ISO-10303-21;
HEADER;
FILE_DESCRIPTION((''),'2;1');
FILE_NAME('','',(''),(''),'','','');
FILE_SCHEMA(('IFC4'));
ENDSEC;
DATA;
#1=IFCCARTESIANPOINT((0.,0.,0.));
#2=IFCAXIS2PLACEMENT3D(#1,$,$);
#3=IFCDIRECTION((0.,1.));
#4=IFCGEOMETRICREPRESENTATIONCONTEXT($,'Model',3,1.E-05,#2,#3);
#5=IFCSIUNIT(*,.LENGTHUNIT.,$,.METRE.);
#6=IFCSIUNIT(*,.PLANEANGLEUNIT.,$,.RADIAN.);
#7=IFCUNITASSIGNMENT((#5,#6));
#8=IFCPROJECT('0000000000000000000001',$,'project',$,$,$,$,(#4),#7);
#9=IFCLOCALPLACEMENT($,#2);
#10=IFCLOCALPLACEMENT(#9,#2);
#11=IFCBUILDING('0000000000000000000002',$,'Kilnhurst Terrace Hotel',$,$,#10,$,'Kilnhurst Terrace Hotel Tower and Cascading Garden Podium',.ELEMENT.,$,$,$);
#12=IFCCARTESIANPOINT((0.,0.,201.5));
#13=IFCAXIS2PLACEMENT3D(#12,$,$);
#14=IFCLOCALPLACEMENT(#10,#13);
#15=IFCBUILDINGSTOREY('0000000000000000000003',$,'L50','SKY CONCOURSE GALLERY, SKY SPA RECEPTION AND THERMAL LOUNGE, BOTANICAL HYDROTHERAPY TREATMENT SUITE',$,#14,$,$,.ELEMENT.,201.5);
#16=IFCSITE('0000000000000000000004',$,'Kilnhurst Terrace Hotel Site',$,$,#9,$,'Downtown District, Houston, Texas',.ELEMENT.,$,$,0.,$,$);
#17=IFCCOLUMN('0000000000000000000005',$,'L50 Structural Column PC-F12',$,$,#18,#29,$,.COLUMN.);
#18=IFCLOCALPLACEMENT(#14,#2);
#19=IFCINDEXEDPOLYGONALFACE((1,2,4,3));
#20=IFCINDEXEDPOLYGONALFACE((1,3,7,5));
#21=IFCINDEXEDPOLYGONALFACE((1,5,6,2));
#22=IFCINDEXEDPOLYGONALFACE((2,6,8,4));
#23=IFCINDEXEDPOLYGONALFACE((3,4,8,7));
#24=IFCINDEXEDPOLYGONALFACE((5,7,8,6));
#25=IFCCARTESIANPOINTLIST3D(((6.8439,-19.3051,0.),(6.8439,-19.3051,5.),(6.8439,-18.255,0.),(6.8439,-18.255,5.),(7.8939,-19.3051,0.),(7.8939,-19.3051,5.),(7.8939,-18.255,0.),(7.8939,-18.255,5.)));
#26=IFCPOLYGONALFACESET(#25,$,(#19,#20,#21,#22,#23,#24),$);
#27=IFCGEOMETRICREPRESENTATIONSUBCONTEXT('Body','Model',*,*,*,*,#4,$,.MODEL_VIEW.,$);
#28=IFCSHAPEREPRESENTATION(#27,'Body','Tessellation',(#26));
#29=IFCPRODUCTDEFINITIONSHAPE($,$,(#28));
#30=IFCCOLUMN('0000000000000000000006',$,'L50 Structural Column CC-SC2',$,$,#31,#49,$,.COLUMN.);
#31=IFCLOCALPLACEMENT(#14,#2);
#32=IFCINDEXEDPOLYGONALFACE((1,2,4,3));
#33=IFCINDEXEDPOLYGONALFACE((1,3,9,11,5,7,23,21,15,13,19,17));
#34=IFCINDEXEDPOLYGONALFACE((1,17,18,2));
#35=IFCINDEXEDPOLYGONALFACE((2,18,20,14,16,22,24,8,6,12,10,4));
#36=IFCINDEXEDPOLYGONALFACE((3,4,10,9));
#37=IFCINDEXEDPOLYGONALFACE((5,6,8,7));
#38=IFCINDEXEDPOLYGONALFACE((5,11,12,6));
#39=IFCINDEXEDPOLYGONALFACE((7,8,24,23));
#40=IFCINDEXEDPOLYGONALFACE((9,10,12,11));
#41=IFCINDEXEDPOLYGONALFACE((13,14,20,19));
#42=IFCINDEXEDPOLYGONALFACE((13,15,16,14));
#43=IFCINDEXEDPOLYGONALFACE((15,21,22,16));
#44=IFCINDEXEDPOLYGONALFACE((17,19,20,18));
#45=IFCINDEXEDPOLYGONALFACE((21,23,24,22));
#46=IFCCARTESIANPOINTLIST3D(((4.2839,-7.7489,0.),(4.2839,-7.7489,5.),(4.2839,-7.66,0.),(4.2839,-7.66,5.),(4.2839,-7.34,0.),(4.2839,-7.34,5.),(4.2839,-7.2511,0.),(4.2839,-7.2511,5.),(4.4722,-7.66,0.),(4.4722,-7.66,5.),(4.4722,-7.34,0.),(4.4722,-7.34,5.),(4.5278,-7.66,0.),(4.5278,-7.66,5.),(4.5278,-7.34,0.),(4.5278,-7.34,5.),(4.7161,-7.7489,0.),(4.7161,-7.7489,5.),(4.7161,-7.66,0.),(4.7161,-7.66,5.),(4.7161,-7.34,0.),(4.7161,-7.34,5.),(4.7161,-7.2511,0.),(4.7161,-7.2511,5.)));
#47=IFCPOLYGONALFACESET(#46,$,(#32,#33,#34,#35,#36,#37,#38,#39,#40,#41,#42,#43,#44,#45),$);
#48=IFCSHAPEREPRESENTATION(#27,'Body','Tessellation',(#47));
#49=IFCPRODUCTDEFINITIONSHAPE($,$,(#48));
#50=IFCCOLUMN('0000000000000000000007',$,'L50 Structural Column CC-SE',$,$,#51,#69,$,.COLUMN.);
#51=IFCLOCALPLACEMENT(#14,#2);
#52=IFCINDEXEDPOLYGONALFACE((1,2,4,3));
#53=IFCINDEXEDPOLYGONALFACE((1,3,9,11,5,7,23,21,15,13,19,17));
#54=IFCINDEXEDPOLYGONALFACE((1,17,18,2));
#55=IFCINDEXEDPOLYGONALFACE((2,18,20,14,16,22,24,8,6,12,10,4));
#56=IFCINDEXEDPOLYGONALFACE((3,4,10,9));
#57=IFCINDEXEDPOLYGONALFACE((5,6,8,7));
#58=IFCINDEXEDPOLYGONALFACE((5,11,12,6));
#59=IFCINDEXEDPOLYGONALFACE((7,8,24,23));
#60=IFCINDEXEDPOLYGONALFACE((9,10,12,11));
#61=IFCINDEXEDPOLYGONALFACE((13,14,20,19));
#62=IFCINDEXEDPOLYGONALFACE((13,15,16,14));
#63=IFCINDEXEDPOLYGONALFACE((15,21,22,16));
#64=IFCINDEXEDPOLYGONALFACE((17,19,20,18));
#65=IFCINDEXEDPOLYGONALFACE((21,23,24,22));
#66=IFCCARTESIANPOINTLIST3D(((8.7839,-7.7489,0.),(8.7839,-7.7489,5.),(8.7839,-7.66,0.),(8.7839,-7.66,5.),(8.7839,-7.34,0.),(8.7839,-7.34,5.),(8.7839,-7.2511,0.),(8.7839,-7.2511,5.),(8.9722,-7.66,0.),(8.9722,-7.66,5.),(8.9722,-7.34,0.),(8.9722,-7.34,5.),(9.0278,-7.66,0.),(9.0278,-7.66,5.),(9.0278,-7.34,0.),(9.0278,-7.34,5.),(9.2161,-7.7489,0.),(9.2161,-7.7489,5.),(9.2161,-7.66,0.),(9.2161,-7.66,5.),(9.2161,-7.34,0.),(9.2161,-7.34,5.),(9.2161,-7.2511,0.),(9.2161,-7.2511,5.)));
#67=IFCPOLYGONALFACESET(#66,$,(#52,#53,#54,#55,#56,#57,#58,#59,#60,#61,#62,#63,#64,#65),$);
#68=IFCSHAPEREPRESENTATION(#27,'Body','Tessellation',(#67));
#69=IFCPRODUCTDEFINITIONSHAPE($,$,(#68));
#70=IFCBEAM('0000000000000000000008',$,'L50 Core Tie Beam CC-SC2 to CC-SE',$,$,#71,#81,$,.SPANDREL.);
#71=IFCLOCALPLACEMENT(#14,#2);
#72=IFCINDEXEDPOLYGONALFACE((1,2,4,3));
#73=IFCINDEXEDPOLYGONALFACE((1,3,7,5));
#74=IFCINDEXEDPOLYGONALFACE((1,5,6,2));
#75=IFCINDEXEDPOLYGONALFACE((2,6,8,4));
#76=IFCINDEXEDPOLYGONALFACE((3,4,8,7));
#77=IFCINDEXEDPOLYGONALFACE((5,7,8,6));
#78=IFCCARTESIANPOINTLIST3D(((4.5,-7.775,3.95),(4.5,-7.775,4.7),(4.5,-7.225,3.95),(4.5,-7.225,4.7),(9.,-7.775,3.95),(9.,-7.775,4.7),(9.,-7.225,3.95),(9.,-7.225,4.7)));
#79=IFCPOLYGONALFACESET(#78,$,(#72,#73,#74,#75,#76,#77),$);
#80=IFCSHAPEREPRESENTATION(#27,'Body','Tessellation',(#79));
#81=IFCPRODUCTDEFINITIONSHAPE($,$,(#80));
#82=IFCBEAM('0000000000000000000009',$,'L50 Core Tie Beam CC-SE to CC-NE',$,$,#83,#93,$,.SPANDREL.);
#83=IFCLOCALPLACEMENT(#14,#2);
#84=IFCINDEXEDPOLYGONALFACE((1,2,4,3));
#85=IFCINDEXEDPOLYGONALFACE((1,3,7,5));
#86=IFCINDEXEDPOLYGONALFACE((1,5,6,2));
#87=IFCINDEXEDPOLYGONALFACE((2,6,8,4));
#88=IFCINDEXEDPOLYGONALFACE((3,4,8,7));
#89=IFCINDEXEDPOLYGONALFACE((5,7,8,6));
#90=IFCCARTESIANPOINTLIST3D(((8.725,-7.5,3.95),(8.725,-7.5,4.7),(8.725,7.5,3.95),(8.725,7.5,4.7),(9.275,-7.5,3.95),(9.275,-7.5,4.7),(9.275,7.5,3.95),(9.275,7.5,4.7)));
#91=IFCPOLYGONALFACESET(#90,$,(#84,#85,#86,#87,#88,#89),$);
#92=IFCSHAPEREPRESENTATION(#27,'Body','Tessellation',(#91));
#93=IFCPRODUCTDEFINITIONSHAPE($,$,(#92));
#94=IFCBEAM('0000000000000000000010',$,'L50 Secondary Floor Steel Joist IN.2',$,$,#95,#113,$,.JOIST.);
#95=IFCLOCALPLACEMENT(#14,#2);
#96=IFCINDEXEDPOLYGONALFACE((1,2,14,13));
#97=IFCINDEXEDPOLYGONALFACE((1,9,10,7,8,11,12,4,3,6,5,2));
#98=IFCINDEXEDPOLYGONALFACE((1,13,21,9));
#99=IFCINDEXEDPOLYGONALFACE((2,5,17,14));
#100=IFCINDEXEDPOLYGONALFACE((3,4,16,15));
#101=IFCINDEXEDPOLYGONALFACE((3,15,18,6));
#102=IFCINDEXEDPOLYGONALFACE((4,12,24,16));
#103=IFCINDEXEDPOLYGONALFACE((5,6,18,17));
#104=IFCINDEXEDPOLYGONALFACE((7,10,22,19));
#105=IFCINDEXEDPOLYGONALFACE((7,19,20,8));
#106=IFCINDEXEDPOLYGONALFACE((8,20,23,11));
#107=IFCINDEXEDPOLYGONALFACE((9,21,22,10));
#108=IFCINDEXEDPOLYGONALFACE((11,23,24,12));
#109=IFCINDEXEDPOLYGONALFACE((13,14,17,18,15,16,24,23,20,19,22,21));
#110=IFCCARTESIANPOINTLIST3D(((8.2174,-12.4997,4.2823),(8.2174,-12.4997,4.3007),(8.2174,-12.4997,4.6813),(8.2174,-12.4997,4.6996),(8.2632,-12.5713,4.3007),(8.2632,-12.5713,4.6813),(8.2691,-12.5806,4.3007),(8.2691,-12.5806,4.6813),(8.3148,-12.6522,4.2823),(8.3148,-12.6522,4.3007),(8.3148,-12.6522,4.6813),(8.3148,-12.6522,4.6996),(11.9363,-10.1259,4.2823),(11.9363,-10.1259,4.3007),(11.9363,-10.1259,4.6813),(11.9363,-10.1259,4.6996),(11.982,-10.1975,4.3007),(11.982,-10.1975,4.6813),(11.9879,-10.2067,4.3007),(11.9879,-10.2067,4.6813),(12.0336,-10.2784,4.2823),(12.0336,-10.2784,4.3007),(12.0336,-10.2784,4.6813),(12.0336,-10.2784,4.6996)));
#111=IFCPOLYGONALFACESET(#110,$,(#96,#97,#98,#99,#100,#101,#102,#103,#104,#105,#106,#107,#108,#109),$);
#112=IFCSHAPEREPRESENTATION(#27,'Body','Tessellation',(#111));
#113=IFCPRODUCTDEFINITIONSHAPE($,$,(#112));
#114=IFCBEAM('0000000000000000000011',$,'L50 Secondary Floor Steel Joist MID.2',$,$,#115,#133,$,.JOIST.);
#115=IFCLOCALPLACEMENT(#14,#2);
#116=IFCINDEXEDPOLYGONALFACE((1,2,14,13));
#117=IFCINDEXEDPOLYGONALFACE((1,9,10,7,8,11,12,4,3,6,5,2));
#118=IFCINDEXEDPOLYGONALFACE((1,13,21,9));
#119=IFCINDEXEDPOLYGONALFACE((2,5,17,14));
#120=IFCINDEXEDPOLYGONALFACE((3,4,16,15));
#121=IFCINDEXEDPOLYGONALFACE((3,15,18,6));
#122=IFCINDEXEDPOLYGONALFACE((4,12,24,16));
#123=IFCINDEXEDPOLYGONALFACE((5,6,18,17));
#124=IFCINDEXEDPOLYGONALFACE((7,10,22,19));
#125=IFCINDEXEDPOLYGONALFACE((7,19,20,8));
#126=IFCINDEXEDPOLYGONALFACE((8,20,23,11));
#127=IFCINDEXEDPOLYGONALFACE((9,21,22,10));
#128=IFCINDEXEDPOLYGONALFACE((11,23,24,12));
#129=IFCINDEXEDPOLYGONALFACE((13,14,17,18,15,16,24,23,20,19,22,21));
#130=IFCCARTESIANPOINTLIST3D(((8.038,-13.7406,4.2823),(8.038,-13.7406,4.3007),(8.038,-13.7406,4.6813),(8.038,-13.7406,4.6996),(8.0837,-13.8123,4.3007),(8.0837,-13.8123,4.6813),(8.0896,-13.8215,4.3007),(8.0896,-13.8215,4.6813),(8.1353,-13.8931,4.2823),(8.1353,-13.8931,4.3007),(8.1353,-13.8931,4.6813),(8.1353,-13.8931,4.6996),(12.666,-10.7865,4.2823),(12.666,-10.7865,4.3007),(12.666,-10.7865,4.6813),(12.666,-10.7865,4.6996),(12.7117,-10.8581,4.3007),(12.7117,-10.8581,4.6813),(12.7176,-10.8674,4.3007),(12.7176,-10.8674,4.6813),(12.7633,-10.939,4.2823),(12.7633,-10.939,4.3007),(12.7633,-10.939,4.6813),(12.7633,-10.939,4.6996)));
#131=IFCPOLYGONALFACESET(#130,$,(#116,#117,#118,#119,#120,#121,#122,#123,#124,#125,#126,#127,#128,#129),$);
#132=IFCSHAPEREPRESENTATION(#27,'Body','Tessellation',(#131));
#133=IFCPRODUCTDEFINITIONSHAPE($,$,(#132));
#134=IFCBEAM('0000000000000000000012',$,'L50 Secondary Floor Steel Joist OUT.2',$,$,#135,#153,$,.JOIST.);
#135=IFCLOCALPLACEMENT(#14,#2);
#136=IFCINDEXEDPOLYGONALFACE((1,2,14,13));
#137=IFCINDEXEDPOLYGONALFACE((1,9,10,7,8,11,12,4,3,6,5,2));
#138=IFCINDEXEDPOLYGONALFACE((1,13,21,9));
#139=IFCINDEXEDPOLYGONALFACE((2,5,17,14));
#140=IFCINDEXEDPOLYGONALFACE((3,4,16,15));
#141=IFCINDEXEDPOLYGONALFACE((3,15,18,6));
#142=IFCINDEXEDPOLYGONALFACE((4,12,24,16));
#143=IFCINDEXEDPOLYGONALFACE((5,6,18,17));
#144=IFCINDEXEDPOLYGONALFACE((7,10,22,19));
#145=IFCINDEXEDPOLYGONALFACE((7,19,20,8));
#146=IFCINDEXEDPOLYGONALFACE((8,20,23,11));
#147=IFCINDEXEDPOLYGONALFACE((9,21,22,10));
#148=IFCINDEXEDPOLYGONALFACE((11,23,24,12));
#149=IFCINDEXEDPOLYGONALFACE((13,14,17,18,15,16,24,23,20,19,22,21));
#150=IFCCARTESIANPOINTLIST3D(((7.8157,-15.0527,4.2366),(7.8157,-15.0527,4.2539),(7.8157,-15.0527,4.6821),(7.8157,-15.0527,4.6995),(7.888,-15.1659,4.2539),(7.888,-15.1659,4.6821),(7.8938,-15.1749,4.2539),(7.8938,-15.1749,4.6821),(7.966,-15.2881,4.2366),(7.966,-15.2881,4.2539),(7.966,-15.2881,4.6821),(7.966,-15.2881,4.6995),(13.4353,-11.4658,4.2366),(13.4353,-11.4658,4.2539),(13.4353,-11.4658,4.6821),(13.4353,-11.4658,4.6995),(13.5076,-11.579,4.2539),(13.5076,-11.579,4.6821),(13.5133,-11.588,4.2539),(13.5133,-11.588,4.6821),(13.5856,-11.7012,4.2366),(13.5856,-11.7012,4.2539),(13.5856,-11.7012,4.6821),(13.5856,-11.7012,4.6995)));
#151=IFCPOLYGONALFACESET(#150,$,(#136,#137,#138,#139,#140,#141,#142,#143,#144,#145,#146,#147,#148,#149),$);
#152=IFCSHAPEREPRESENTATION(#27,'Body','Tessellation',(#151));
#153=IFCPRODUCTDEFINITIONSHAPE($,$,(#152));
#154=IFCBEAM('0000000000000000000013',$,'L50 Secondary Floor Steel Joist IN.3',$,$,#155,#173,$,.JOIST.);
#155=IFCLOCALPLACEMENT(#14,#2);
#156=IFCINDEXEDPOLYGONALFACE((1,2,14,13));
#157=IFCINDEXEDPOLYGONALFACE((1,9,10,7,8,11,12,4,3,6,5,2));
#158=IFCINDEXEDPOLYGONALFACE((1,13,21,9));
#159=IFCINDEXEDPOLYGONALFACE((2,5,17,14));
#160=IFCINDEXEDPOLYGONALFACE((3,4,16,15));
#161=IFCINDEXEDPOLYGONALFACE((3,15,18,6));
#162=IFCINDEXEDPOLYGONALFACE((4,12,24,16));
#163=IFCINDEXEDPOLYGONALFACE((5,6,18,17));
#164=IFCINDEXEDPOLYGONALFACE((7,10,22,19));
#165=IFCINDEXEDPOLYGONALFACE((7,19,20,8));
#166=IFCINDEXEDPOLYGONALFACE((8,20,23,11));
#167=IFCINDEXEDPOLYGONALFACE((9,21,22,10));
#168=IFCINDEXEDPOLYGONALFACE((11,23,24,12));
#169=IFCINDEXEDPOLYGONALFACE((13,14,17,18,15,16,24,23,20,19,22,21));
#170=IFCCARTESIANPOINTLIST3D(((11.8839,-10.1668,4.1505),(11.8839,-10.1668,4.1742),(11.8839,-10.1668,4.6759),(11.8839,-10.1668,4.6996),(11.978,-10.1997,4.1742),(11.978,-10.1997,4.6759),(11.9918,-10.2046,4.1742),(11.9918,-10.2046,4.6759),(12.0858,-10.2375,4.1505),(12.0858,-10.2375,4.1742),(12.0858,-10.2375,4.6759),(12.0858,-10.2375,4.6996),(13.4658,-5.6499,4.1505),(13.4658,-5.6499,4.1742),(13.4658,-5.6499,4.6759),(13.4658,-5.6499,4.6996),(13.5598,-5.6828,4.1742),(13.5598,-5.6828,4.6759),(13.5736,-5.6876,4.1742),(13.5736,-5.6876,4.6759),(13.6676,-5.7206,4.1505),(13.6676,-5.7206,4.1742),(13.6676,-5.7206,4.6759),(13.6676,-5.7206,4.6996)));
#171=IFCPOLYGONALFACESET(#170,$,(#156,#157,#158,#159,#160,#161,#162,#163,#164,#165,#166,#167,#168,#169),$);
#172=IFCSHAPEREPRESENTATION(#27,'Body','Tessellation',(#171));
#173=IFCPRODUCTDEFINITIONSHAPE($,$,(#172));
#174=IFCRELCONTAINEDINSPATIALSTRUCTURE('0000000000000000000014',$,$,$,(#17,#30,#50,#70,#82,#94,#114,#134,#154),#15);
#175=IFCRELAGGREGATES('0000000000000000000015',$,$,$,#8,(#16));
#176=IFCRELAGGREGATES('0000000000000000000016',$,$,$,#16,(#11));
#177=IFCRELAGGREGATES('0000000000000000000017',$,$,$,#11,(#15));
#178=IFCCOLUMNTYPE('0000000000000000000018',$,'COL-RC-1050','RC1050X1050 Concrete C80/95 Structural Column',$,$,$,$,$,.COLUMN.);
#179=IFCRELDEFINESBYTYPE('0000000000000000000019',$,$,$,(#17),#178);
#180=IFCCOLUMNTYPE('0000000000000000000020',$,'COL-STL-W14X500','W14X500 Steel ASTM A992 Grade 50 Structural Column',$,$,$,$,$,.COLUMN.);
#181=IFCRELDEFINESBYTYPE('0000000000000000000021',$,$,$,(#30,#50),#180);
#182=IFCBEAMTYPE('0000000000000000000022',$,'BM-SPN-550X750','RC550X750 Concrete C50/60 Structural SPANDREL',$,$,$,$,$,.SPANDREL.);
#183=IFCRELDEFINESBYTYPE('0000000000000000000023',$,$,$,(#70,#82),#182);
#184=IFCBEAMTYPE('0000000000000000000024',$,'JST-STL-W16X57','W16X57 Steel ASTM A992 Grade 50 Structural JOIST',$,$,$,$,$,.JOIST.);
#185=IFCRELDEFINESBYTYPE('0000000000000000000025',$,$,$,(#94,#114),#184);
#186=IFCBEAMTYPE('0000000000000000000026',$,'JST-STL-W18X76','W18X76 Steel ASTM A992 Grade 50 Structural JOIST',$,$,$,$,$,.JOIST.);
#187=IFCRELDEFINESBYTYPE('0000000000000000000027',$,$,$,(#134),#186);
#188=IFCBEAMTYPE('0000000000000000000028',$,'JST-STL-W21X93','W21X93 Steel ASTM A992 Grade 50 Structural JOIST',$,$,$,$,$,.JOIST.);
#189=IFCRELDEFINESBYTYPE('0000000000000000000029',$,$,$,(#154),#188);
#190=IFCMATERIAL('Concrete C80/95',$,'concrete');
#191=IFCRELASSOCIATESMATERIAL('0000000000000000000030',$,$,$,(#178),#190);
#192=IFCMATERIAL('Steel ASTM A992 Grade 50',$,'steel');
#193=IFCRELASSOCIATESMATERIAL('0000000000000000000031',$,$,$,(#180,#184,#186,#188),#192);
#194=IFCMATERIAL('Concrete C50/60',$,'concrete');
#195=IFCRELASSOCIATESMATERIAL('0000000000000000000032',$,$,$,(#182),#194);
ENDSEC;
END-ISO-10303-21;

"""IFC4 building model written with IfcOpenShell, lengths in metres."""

from ifc_helpers import new_model, si_unit, direction, frame, origin, origin_2d, place, context, subcontext, project, spatial, rectangle, i_section, extrude, material, material_profile, profile_set, type_object, element, save


model = new_model("IFC4")

# Units and contexts
model_context = context("Model", 3, precision=1e-05, world=origin(), true_north=direction((0.0, 1.0)))
body_context = subcontext(model_context, "Body", "Model", "MODEL_VIEW")
ifc_project = project(units=[si_unit("LENGTHUNIT", "METRE"), si_unit("PLANEANGLEUNIT", "RADIAN")], contexts=[model_context])

# Site, building, storey
site_placement = place(None, origin())
site = spatial("IfcSite", under=ifc_project, at=site_placement, Name="Kilnhurst Terrace Hotel Site", LongName="Downtown District, Houston, Texas", CompositionType="ELEMENT", RefElevation=0.0)
building_placement = place(site_placement, origin())
building = spatial("IfcBuilding", under=site, at=building_placement, Name="Kilnhurst Terrace Hotel", LongName="Kilnhurst Terrace Hotel Tower and Cascading Garden Podium", CompositionType="ELEMENT")
storey_placement = place(building_placement, frame((0.0, 0.0, 201.5)))
storey = spatial("IfcBuildingStorey", under=building, at=storey_placement, Name="L50", Description="SKY CONCOURSE GALLERY, SKY SPA RECEPTION AND THERMAL LOUNGE, BOTANICAL HYDROTHERAPY TREATMENT SUITE", CompositionType="ELEMENT", Elevation=201.5)

# Columns
ifc_material_1 = material(Name="Concrete C80/95", Category="concrete")
ifc_material_profile_1 = material_profile(ifc_material_1, rectangle(XDim=1.05, YDim=1.05, at=origin_2d()), Name="RC1050X1050")
ifc_profile_set_1 = profile_set([ifc_material_profile_1], Name="Concrete C80/95")
column_type_1 = type_object("IfcColumnType", Name="COL-RC-1050", Description="RC1050X1050 Concrete C80/95 Structural Column", PredefinedType="COLUMN", material=ifc_profile_set_1)
column_placement = place(storey_placement, frame((7.3689, -18.78, 0.0), z_axis=(0.0, 0.0, 1.0), x_axis=(1.0, 0.0, 0.0)))
element("IfcColumn", 1, at=column_placement, inside=storey, type_object=column_type_1, Name="L50 Structural Column PC-F12", PredefinedType="COLUMN", context=body_context, shape_type="SweptSolid", body=[
    extrude(rectangle(XDim=1.05, YDim=1.05, at=origin_2d()), origin(), (0.0, 0.0, 1.0), 5.0),
])
ifc_material_2 = material(Name="Steel ASTM A992 Grade 50", Category="steel")
ifc_material_profile_2 = material_profile(ifc_material_2, i_section(OverallWidth=0.4321, OverallDepth=0.4978, WebThickness=0.0557, FlangeThickness=0.0889, at=origin_2d()), Name="W14X500")
ifc_profile_set_2 = profile_set([ifc_material_profile_2], Name="Steel ASTM A992 Grade 50")
column_type_2 = type_object("IfcColumnType", Name="COL-STL-W14X500", Description="W14X500 Steel ASTM A992 Grade 50 Structural Column", PredefinedType="COLUMN", material=ifc_profile_set_2)
for number, where, z_axis, x_axis, name in (
    (2, (4.5, -7.5, 0.0), (0.0, 0.0, 1.0), (1.0, 0.0, 0.0), "L50 Structural Column CC-SC2"),
    (3, (9.0, -7.5, 0.0), (0.0, 0.0, 1.0), (1.0, 0.0, 0.0), "L50 Structural Column CC-SE"),
):
    element("IfcColumn", number, at=place(storey_placement, frame(where, z_axis=z_axis, x_axis=x_axis)), inside=storey, type_object=column_type_2, Name=name, PredefinedType="COLUMN", context=body_context, shape_type="SweptSolid", body=[
        extrude(i_section(OverallWidth=0.4321, OverallDepth=0.4978, WebThickness=0.0557, FlangeThickness=0.0889, at=origin_2d()), origin(), (0.0, 0.0, 1.0), 5.0),
    ])

# Beams
ifc_material_3 = material(Name="Concrete C50/60", Category="concrete")
ifc_material_profile_3 = material_profile(ifc_material_3, rectangle(XDim=0.55, YDim=0.75, at=origin_2d()), Name="RC550X750")
ifc_profile_set_3 = profile_set([ifc_material_profile_3], Name="Concrete C50/60")
beam_type_1 = type_object("IfcBeamType", Name="BM-SPN-550X750", Description="RC550X750 Concrete C50/60 Structural SPANDREL", PredefinedType="SPANDREL", material=ifc_profile_set_3)
beam_1_placement = place(storey_placement, frame((4.5, -7.5, 4.325), z_axis=(1.0, 0.0, 0.0), x_axis=(0.0, 1.0, 0.0)))
element("IfcBeam", 4, at=beam_1_placement, inside=storey, type_object=beam_type_1, Name="L50 Core Tie Beam CC-SC2 to CC-SE", PredefinedType="SPANDREL", context=body_context, shape_type="SweptSolid", body=[
    extrude(rectangle(XDim=0.55, YDim=0.75, at=origin_2d()), origin(), (0.0, 0.0, 1.0), 4.5),
])
beam_2_placement = place(storey_placement, frame((9.0, -7.5, 4.325), z_axis=(0.0, 1.0, 0.0), x_axis=(-1.0, 0.0, 0.0)))
element("IfcBeam", 5, at=beam_2_placement, inside=storey, type_object=beam_type_1, Name="L50 Core Tie Beam CC-SE to CC-NE", PredefinedType="SPANDREL", context=body_context, shape_type="SweptSolid", body=[
    extrude(rectangle(XDim=0.55, YDim=0.75, at=origin_2d()), origin(), (0.0, 0.0, 1.0), 15.0),
])
ifc_material_profile_4 = material_profile(ifc_material_2, i_section(OverallWidth=0.1809, OverallDepth=0.4172, WebThickness=0.011, FlangeThickness=0.0183, at=origin_2d()), Name="W16X57")
ifc_profile_set_4 = profile_set([ifc_material_profile_4], Name="Steel ASTM A992 Grade 50")
beam_type_2 = type_object("IfcBeamType", Name="JST-STL-W16X57", Description="W16X57 Steel ASTM A992 Grade 50 Structural JOIST", PredefinedType="JOIST", material=ifc_profile_set_4)
beam_3_placement = place(storey_placement, frame((8.2661, -12.5759, 4.491), z_axis=(0.842911, 0.538053, 0.0), x_axis=(-0.538053, 0.842911, 0.0)))
element("IfcBeam", 6, at=beam_3_placement, inside=storey, type_object=beam_type_2, Name="L50 Secondary Floor Steel Joist IN.2", PredefinedType="JOIST", context=body_context, shape_type="SweptSolid", body=[
    extrude(i_section(OverallWidth=0.1809, OverallDepth=0.4172, WebThickness=0.011, FlangeThickness=0.0183, at=origin_2d()), origin(), (0.0, 0.0, 1.0), 4.4119),
])
beam_4_placement = place(storey_placement, frame((8.0867, -13.8169, 4.491), z_axis=(0.842914, 0.538049, 0.0), x_axis=(-0.538049, 0.842914, 0.0)))
element("IfcBeam", 7, at=beam_4_placement, inside=storey, type_object=beam_type_2, Name="L50 Secondary Floor Steel Joist MID.2", PredefinedType="JOIST", context=body_context, shape_type="SweptSolid", body=[
    extrude(i_section(OverallWidth=0.1809, OverallDepth=0.4172, WebThickness=0.011, FlangeThickness=0.0183, at=origin_2d()), origin(), (0.0, 0.0, 1.0), 5.4905),
])
ifc_material_profile_5 = material_profile(ifc_material_2, i_section(OverallWidth=0.2793, OverallDepth=0.4629, WebThickness=0.0107, FlangeThickness=0.0173, at=origin_2d()), Name="W18X76")
ifc_profile_set_5 = profile_set([ifc_material_profile_5], Name="Steel ASTM A992 Grade 50")
beam_type_3 = type_object("IfcBeamType", Name="JST-STL-W18X76", Description="W18X76 Steel ASTM A992 Grade 50 Structural JOIST", PredefinedType="JOIST", material=ifc_profile_set_5)
beam_5_placement = place(storey_placement, frame((7.8909, -15.1704, 4.468), z_axis=(0.842928, 0.538027, 0.0), x_axis=(-0.538027, 0.842928, 0.0)))
element("IfcBeam", 8, at=beam_5_placement, inside=storey, type_object=beam_type_3, Name="L50 Secondary Floor Steel Joist OUT.2", PredefinedType="JOIST", context=body_context, shape_type="SweptSolid", body=[
    extrude(i_section(OverallWidth=0.2793, OverallDepth=0.4629, WebThickness=0.0107, FlangeThickness=0.0173, at=origin_2d()), origin(), (0.0, 0.0, 1.0), 6.6667),
])
ifc_material_profile_6 = material_profile(ifc_material_2, i_section(OverallWidth=0.2139, OverallDepth=0.5491, WebThickness=0.0146, FlangeThickness=0.0237, at=origin_2d()), Name="W21X93")
ifc_profile_set_6 = profile_set([ifc_material_profile_6], Name="Steel ASTM A992 Grade 50")
beam_type_4 = type_object("IfcBeamType", Name="JST-STL-W21X93", Description="W21X93 Steel ASTM A992 Grade 50 Structural JOIST", PredefinedType="JOIST", material=ifc_profile_set_6)
beam_6_placement = place(storey_placement, frame((11.9849, -10.2021, 4.425), z_axis=(0.330516, 0.9438, 0.0), x_axis=(-0.9438, 0.330516, 0.0)))
element("IfcBeam", 9, at=beam_6_placement, inside=storey, type_object=beam_type_4, Name="L50 Secondary Floor Steel Joist IN.3", PredefinedType="JOIST", context=body_context, shape_type="SweptSolid", body=[
    extrude(i_section(OverallWidth=0.2139, OverallDepth=0.5491, WebThickness=0.0146, FlangeThickness=0.0237, at=origin_2d()), origin(), (0.0, 0.0, 1.0), 4.7859),
])

save(model, "model.ifc")
